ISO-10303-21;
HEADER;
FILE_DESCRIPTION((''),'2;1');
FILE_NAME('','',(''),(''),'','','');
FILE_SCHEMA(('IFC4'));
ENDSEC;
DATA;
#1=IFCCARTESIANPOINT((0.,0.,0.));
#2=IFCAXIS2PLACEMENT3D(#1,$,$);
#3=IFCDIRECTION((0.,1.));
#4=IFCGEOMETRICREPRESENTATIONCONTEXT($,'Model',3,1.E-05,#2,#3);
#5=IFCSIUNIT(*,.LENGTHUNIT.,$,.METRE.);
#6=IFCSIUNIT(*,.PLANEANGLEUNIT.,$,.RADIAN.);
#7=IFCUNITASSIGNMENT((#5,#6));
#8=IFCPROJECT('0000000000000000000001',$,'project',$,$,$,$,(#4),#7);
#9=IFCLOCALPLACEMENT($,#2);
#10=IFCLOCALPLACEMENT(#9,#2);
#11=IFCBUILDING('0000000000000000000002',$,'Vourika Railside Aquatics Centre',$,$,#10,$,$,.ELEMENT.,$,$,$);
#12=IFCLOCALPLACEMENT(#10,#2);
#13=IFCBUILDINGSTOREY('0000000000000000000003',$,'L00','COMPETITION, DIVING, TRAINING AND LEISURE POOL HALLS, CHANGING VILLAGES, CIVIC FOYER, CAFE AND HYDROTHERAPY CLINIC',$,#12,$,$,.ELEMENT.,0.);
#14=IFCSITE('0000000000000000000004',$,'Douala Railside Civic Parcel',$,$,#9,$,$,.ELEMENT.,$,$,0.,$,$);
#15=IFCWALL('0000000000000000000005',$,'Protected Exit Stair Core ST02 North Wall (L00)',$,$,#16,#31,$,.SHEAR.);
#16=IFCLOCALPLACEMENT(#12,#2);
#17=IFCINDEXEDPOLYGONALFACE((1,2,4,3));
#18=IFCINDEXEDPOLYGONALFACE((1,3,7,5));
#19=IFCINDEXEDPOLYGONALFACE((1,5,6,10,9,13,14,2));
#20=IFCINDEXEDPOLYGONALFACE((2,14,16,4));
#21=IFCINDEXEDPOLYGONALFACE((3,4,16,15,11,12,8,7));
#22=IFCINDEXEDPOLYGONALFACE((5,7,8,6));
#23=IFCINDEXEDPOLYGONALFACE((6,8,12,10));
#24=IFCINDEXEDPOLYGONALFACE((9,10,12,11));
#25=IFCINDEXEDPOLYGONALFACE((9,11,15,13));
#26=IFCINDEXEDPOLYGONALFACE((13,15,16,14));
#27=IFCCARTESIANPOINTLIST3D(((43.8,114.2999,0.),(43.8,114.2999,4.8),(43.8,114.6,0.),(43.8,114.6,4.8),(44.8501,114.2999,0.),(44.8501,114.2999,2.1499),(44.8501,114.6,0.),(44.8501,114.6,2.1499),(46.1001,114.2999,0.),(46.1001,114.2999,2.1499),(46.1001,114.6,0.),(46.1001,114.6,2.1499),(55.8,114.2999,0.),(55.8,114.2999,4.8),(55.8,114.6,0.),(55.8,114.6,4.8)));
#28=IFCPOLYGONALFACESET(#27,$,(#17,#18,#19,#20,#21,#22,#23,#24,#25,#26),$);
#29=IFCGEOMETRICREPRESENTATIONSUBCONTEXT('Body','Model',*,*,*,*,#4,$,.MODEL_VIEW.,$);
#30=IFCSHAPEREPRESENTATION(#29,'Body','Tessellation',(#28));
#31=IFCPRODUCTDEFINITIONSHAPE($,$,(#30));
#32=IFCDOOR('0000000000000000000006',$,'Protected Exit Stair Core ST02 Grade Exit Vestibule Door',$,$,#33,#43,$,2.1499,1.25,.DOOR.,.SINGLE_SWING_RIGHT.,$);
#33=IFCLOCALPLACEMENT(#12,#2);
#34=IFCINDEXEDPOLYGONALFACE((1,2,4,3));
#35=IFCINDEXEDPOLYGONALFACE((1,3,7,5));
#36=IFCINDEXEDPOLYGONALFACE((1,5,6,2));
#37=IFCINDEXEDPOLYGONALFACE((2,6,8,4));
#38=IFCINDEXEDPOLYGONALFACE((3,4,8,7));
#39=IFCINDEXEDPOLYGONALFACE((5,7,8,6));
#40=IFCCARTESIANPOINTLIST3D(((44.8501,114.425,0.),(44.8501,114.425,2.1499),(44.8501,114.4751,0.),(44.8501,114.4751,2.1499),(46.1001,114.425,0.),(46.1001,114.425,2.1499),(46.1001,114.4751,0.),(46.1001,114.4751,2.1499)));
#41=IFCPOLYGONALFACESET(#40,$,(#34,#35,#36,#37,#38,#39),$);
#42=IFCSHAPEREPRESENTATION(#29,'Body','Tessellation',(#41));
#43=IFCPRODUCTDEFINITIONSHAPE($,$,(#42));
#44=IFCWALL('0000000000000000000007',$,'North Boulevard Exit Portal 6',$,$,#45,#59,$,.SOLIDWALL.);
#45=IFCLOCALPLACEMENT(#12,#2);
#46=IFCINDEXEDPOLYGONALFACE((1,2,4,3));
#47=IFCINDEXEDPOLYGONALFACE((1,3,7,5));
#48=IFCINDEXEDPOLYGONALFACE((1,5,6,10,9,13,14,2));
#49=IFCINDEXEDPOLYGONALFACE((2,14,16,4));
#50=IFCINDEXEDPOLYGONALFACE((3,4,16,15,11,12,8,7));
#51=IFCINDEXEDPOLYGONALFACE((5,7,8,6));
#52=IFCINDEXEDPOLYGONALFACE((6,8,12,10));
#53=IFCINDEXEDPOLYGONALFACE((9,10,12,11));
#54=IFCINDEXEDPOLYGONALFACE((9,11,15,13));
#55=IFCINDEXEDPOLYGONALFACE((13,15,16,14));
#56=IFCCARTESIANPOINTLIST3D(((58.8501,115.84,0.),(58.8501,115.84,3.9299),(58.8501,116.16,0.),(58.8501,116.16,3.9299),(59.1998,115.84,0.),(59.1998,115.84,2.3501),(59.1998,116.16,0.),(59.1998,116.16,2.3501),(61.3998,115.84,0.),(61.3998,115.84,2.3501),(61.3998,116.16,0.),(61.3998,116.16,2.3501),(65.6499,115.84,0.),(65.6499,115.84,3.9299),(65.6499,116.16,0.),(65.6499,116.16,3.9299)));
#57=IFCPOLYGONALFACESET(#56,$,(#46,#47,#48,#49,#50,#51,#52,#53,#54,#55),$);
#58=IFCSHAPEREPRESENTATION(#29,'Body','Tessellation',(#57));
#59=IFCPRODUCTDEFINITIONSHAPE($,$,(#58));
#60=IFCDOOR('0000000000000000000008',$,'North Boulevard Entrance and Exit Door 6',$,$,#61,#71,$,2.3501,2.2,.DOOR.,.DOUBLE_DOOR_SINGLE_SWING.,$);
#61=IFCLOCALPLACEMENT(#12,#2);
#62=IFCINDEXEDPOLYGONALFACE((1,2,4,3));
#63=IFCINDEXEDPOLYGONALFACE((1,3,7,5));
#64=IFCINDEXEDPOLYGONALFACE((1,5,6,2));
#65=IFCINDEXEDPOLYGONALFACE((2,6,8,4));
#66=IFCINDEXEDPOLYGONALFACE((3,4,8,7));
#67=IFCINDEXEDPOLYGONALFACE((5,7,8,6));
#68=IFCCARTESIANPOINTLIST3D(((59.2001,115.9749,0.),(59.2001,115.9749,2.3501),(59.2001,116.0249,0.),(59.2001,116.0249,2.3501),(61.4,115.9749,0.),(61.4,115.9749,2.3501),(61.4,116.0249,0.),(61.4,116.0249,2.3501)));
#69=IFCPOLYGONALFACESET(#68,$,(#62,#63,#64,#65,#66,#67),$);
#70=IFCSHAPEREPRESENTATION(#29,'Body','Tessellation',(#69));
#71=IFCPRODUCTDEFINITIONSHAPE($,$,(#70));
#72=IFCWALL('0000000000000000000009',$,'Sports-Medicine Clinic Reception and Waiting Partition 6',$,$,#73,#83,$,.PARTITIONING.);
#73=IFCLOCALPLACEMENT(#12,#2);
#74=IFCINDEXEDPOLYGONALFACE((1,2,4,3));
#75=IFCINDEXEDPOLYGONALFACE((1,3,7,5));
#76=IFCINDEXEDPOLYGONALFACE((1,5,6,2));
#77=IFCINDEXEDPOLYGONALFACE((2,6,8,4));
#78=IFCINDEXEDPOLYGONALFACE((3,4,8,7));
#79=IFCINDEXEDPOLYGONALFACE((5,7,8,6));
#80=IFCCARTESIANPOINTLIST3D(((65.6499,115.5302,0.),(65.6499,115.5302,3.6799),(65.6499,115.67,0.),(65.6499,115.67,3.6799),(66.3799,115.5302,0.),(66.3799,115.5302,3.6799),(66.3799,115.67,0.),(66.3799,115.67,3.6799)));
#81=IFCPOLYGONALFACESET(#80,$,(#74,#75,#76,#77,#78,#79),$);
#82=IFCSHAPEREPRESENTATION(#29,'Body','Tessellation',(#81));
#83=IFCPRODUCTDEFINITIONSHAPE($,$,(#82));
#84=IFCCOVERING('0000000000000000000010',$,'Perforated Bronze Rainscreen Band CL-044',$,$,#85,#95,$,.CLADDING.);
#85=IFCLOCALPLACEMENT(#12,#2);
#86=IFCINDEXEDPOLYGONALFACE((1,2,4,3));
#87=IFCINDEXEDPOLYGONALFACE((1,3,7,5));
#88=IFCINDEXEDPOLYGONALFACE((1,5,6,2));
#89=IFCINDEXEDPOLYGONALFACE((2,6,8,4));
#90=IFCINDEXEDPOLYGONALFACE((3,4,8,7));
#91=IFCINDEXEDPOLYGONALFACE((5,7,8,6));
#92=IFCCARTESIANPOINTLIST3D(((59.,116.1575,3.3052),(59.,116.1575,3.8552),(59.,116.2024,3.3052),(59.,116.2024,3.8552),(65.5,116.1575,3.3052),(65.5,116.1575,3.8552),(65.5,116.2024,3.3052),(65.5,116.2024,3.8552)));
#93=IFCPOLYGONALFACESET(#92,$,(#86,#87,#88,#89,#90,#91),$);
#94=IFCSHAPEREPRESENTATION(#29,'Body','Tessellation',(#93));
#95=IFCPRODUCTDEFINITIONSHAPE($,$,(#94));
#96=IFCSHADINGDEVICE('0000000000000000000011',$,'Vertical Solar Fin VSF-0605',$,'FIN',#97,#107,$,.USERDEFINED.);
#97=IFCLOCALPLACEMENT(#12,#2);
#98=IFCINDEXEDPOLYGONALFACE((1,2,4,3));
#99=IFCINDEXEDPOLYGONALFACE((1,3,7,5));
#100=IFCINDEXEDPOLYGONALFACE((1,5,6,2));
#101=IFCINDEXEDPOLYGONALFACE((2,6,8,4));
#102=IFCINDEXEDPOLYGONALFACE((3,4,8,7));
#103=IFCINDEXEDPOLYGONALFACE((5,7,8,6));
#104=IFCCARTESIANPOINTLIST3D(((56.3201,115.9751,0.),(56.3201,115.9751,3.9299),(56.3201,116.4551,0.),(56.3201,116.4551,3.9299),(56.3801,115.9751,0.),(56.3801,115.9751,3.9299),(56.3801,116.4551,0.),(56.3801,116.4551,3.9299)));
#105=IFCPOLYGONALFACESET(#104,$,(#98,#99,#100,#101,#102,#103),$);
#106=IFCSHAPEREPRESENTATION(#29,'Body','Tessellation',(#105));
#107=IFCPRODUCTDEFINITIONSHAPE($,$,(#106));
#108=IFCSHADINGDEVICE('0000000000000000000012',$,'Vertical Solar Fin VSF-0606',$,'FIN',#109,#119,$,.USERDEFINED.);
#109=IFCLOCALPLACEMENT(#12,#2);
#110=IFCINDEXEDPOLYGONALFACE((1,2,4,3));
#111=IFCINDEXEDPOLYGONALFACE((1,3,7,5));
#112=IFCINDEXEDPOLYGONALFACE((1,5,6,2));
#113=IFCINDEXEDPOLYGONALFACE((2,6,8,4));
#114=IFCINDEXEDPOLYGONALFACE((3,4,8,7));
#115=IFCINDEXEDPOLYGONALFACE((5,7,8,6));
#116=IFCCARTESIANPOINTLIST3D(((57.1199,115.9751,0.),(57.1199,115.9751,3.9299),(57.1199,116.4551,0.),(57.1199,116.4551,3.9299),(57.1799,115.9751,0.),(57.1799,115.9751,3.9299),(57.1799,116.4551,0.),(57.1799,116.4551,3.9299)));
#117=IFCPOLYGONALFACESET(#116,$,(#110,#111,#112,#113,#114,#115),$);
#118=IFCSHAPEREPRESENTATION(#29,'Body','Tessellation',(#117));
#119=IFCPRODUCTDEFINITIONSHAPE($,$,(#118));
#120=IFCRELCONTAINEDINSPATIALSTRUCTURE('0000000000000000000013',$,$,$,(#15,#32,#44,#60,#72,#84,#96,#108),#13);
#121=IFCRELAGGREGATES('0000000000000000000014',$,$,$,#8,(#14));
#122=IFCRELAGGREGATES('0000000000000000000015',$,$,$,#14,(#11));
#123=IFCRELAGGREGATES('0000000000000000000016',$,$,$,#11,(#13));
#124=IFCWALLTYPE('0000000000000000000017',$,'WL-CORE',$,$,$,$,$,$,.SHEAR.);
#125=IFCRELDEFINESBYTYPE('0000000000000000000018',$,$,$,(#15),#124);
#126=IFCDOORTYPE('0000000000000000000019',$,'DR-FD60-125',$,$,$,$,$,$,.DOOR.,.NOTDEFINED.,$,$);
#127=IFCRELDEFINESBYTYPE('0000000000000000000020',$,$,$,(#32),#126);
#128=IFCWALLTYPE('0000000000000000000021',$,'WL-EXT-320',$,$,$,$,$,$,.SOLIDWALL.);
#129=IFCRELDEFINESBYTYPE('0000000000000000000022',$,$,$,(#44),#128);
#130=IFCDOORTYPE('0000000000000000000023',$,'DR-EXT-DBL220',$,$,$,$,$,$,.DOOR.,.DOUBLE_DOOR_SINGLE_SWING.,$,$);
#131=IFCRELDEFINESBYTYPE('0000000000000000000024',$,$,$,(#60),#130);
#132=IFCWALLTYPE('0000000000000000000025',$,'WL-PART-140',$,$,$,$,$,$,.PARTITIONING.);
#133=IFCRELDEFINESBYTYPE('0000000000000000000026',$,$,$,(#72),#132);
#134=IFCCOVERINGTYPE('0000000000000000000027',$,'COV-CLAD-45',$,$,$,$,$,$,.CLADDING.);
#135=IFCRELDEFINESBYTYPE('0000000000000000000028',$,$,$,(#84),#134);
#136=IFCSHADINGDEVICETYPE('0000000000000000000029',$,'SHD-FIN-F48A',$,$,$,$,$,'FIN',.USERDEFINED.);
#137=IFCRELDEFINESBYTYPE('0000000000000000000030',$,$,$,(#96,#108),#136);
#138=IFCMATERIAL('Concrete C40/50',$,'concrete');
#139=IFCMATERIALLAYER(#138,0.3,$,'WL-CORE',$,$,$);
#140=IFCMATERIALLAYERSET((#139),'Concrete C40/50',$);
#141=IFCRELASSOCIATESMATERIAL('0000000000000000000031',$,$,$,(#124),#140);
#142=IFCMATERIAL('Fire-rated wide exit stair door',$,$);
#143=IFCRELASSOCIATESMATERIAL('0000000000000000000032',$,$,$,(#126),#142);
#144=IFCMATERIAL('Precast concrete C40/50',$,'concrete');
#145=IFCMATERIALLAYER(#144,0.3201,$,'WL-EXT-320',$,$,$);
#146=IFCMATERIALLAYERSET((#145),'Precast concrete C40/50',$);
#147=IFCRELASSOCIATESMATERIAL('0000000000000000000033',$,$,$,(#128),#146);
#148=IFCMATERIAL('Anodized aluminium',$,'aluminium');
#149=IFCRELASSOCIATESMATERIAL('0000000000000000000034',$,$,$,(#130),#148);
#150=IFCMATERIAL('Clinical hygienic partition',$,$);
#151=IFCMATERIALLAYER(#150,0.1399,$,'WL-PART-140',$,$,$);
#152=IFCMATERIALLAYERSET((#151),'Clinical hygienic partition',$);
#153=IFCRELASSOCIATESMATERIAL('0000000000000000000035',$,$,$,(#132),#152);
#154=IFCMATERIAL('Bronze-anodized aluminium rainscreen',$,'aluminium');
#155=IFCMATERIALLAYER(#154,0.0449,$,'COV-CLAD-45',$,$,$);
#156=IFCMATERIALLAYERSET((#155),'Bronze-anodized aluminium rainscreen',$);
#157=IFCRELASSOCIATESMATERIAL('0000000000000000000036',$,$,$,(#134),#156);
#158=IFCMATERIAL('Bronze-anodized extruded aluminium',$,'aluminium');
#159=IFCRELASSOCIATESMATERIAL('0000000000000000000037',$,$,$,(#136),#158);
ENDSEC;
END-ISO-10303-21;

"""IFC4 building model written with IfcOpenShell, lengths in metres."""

from ifc_helpers import new_model, si_unit, direction, frame, frame_2d, origin, origin_2d, place, context, subcontext, project, spatial, rectangle, extrude, material, layer, layer_set, material_profile, profile_set, type_object, element, fill, save


model = new_model("IFC4")

# Units and contexts
model_context = context("Model", 3, precision=1e-05, world=origin(), true_north=direction((0.0, 1.0)))
body_context = subcontext(model_context, "Body", "Model", "MODEL_VIEW")
ifc_project = project(units=[si_unit("LENGTHUNIT", "METRE"), si_unit("PLANEANGLEUNIT", "RADIAN")], contexts=[model_context])

# Site, building, storey
site_placement = place(None, origin())
site = spatial("IfcSite", under=ifc_project, at=site_placement, Name="Douala Railside Civic Parcel", CompositionType="ELEMENT", RefElevation=0.0)
building_placement = place(site_placement, origin())
building = spatial("IfcBuilding", under=site, at=building_placement, Name="Vourika Railside Aquatics Centre", CompositionType="ELEMENT")
storey_placement = place(building_placement, origin())
storey = spatial("IfcBuildingStorey", under=building, at=storey_placement, Name="L00", Description="COMPETITION, DIVING, TRAINING AND LEISURE POOL HALLS, CHANGING VILLAGES, CIVIC FOYER, CAFE AND HYDROTHERAPY CLINIC", CompositionType="ELEMENT", Elevation=0.0)

# Shared definitions
ifc_material_1 = material(Name="Concrete C40/50", Category="concrete")

# Walls, openings, doors
ifc_layer_1 = layer(ifc_material_1, 0.3, Name="WL-CORE")
ifc_layer_set_1 = layer_set([ifc_layer_1], Name="Concrete C40/50")
wall_type_1 = type_object("IfcWallType", Name="WL-CORE", PredefinedType="SHEAR", material=ifc_layer_set_1)
wall_1_placement = place(storey_placement, frame((55.8, 114.45, 0.0), z_axis=(0.0, 0.0, 1.0), x_axis=(-1.0, 0.0, 0.0)))
wall_1 = element("IfcWall", 1, at=wall_1_placement, inside=storey, type_object=wall_type_1, Name="Protected Exit Stair Core ST02 North Wall (L00)", PredefinedType="SHEAR", context=body_context, shape_type="SweptSolid", body=[
    extrude(rectangle(XDim=12.0, YDim=0.3, at=frame_2d((6.0, 0.0))), origin(), (0.0, 0.0, 1.0), 4.8),
])
opening_1_placement = place(wall_1_placement, frame((9.7, 0.0, 0.0)))
opening_1 = element("IfcOpeningElement", 2, at=opening_1_placement, cuts=wall_1, PredefinedType="OPENING", context=body_context, shape_type="SweptSolid", body=[
    extrude(rectangle(XDim=1.25, YDim=2.1499, at=frame_2d((0.625, 1.075))), frame((0.0, 0.1602, 0.0), z_axis=(0.0, -1.0, 0.0), x_axis=(1.0, 0.0, 0.0)), (0.0, 0.0, 1.0), 0.3201),
])
ifc_material_2 = material(Name="Fire-rated wide exit stair door")
door_type_1 = type_object("IfcDoorType", Name="DR-FD60-125", OperationType="NOTDEFINED", PredefinedType="DOOR", material=ifc_material_2)
door_1_placement = place(opening_1_placement, origin())
door_1 = element("IfcDoor", 3, at=door_1_placement, inside=storey, type_object=door_type_1, Name="Protected Exit Stair Core ST02 Grade Exit Vestibule Door", OperationType="SINGLE_SWING_RIGHT", OverallHeight=2.1499, OverallWidth=1.25, PredefinedType="DOOR", context=body_context, shape_type="SweptSolid", body=[
    extrude(rectangle(XDim=1.25, YDim=2.1499, at=frame_2d((0.625, 1.075))), frame((0.0, 0.0249, 0.0), z_axis=(0.0, -1.0, 0.0), x_axis=(1.0, 0.0, 0.0)), (0.0, 0.0, 1.0), 0.05),
])
fill(opening_1, door_1)
ifc_material_3 = material(Name="Precast concrete C40/50", Category="concrete")
ifc_layer_2 = layer(ifc_material_3, 0.3201, Name="WL-EXT-320")
ifc_layer_set_2 = layer_set([ifc_layer_2], Name="Precast concrete C40/50")
wall_type_2 = type_object("IfcWallType", Name="WL-EXT-320", PredefinedType="SOLIDWALL", material=ifc_layer_set_2)
wall_2_placement = place(storey_placement, frame((65.6499, 116.0, 0.0), z_axis=(0.0, 0.0, 1.0), x_axis=(-1.0, 0.0, 0.0)))
wall_2 = element("IfcWall", 4, at=wall_2_placement, inside=storey, type_object=wall_type_2, Name="North Boulevard Exit Portal 6", PredefinedType="SOLIDWALL", context=body_context, shape_type="SweptSolid", body=[
    extrude(rectangle(XDim=6.7998, YDim=0.3201, at=frame_2d((3.3999, 0.0))), origin(), (0.0, 0.0, 1.0), 3.9299),
])
opening_2_placement = place(wall_2_placement, frame((4.25, 0.0, 0.0)))
opening_2 = element("IfcOpeningElement", 5, at=opening_2_placement, cuts=wall_2, PredefinedType="OPENING", context=body_context, shape_type="SweptSolid", body=[
    extrude(rectangle(XDim=2.2, YDim=2.3501, at=frame_2d((1.1001, 1.175))), frame((0.0, 0.1699, 0.0), z_axis=(0.0, -1.0, 0.0), x_axis=(1.0, 0.0, 0.0)), (0.0, 0.0, 1.0), 0.3401),
])
ifc_material_4 = material(Name="Anodized aluminium", Category="aluminium")
door_type_2 = type_object("IfcDoorType", Name="DR-EXT-DBL220", OperationType="DOUBLE_DOOR_SINGLE_SWING", PredefinedType="DOOR", material=ifc_material_4)
door_2_placement = place(opening_2_placement, frame((2.2, 0.0, 0.0), z_axis=(0.0, 0.0, 1.0), x_axis=(-1.0, 0.0, 0.0)))
door_2 = element("IfcDoor", 6, at=door_2_placement, inside=storey, type_object=door_type_2, Name="North Boulevard Entrance and Exit Door 6", OperationType="DOUBLE_DOOR_SINGLE_SWING", OverallHeight=2.3501, OverallWidth=2.2, PredefinedType="DOOR", context=body_context, shape_type="SweptSolid", body=[
    extrude(rectangle(XDim=2.2, YDim=2.3501, at=frame_2d((1.1001, 1.175))), frame((0.0, 0.0249, 0.0), z_axis=(0.0, -1.0, 0.0), x_axis=(1.0, 0.0, 0.0)), (0.0, 0.0, 1.0), 0.05),
])
fill(opening_2, door_2)

# Wall
ifc_material_5 = material(Name="Clinical hygienic partition")
ifc_layer_3 = layer(ifc_material_5, 0.1399, Name="WL-PART-140")
ifc_layer_set_3 = layer_set([ifc_layer_3], Name="Clinical hygienic partition")
wall_type_3 = type_object("IfcWallType", Name="WL-PART-140", PredefinedType="PARTITIONING", material=ifc_layer_set_3)
wall_3_placement = place(storey_placement, frame((65.6499, 115.6001, 0.0), z_axis=(0.0, 0.0, 1.0), x_axis=(1.0, 0.0, 0.0)))
element("IfcWall", 7, at=wall_3_placement, inside=storey, type_object=wall_type_3, Name="Sports-Medicine Clinic Reception and Waiting Partition 6", PredefinedType="PARTITIONING", context=body_context, shape_type="SweptSolid", body=[
    extrude(rectangle(XDim=0.73, YDim=0.1399, at=frame_2d((0.365, 0.0))), origin(), (0.0, 0.0, 1.0), 3.6799),
])

# Covering
ifc_material_6 = material(Name="Bronze-anodized aluminium rainscreen", Category="aluminium")
ifc_layer_4 = layer(ifc_material_6, 0.0449, Name="COV-CLAD-45")
ifc_layer_set_4 = layer_set([ifc_layer_4], Name="Bronze-anodized aluminium rainscreen")
covering_type = type_object("IfcCoveringType", Name="COV-CLAD-45", PredefinedType="CLADDING", material=ifc_layer_set_4)
covering_placement = place(storey_placement, frame((62.25, 116.1799, 3.3052), z_axis=(0.0, 0.0, 1.0), x_axis=(-1.0, 0.0, 0.0)))
element("IfcCovering", 8, at=covering_placement, inside=storey, type_object=covering_type, Name="Perforated Bronze Rainscreen Band CL-044", PredefinedType="CLADDING", context=body_context, shape_type="SweptSolid", body=[
    extrude(rectangle(XDim=6.5, YDim=0.0449, at=origin_2d()), origin(), (0.0, 0.0, 1.0), 0.55),
])

# Shading devices
ifc_material_7 = material(Name="Bronze-anodized extruded aluminium", Category="aluminium")
ifc_material_profile_1 = material_profile(ifc_material_7, rectangle(XDim=0.0601, YDim=0.48, at=origin_2d()), Name="ALU-FIN 60x480")
ifc_profile_set_1 = profile_set([ifc_material_profile_1], Name="Bronze-anodized extruded aluminium")
shading_device_type = type_object("IfcShadingDeviceType", Name="SHD-FIN-F48A", ElementType="FIN", PredefinedType="USERDEFINED", material=ifc_profile_set_1)
for number, where, z_axis, x_axis, name in (
    (9, (56.3501, 116.2151, 0.0), (0.0, 0.0, 1.0), (1.0, 0.0, 0.0), "Vertical Solar Fin VSF-0605"),
    (10, (57.1499, 116.2151, 0.0), (0.0, 0.0, 1.0), (1.0, 0.0, 0.0), "Vertical Solar Fin VSF-0606"),
):
    element("IfcShadingDevice", number, at=place(storey_placement, frame(where, z_axis=z_axis, x_axis=x_axis)), inside=storey, type_object=shading_device_type, Name=name, ObjectType="FIN", PredefinedType="USERDEFINED", context=body_context, shape_type="SweptSolid", body=[
        extrude(rectangle(XDim=0.0601, YDim=0.48, at=origin_2d()), origin(), (0.0, 0.0, 1.0), 3.9299),
    ])

save(model, "model.ifc")
